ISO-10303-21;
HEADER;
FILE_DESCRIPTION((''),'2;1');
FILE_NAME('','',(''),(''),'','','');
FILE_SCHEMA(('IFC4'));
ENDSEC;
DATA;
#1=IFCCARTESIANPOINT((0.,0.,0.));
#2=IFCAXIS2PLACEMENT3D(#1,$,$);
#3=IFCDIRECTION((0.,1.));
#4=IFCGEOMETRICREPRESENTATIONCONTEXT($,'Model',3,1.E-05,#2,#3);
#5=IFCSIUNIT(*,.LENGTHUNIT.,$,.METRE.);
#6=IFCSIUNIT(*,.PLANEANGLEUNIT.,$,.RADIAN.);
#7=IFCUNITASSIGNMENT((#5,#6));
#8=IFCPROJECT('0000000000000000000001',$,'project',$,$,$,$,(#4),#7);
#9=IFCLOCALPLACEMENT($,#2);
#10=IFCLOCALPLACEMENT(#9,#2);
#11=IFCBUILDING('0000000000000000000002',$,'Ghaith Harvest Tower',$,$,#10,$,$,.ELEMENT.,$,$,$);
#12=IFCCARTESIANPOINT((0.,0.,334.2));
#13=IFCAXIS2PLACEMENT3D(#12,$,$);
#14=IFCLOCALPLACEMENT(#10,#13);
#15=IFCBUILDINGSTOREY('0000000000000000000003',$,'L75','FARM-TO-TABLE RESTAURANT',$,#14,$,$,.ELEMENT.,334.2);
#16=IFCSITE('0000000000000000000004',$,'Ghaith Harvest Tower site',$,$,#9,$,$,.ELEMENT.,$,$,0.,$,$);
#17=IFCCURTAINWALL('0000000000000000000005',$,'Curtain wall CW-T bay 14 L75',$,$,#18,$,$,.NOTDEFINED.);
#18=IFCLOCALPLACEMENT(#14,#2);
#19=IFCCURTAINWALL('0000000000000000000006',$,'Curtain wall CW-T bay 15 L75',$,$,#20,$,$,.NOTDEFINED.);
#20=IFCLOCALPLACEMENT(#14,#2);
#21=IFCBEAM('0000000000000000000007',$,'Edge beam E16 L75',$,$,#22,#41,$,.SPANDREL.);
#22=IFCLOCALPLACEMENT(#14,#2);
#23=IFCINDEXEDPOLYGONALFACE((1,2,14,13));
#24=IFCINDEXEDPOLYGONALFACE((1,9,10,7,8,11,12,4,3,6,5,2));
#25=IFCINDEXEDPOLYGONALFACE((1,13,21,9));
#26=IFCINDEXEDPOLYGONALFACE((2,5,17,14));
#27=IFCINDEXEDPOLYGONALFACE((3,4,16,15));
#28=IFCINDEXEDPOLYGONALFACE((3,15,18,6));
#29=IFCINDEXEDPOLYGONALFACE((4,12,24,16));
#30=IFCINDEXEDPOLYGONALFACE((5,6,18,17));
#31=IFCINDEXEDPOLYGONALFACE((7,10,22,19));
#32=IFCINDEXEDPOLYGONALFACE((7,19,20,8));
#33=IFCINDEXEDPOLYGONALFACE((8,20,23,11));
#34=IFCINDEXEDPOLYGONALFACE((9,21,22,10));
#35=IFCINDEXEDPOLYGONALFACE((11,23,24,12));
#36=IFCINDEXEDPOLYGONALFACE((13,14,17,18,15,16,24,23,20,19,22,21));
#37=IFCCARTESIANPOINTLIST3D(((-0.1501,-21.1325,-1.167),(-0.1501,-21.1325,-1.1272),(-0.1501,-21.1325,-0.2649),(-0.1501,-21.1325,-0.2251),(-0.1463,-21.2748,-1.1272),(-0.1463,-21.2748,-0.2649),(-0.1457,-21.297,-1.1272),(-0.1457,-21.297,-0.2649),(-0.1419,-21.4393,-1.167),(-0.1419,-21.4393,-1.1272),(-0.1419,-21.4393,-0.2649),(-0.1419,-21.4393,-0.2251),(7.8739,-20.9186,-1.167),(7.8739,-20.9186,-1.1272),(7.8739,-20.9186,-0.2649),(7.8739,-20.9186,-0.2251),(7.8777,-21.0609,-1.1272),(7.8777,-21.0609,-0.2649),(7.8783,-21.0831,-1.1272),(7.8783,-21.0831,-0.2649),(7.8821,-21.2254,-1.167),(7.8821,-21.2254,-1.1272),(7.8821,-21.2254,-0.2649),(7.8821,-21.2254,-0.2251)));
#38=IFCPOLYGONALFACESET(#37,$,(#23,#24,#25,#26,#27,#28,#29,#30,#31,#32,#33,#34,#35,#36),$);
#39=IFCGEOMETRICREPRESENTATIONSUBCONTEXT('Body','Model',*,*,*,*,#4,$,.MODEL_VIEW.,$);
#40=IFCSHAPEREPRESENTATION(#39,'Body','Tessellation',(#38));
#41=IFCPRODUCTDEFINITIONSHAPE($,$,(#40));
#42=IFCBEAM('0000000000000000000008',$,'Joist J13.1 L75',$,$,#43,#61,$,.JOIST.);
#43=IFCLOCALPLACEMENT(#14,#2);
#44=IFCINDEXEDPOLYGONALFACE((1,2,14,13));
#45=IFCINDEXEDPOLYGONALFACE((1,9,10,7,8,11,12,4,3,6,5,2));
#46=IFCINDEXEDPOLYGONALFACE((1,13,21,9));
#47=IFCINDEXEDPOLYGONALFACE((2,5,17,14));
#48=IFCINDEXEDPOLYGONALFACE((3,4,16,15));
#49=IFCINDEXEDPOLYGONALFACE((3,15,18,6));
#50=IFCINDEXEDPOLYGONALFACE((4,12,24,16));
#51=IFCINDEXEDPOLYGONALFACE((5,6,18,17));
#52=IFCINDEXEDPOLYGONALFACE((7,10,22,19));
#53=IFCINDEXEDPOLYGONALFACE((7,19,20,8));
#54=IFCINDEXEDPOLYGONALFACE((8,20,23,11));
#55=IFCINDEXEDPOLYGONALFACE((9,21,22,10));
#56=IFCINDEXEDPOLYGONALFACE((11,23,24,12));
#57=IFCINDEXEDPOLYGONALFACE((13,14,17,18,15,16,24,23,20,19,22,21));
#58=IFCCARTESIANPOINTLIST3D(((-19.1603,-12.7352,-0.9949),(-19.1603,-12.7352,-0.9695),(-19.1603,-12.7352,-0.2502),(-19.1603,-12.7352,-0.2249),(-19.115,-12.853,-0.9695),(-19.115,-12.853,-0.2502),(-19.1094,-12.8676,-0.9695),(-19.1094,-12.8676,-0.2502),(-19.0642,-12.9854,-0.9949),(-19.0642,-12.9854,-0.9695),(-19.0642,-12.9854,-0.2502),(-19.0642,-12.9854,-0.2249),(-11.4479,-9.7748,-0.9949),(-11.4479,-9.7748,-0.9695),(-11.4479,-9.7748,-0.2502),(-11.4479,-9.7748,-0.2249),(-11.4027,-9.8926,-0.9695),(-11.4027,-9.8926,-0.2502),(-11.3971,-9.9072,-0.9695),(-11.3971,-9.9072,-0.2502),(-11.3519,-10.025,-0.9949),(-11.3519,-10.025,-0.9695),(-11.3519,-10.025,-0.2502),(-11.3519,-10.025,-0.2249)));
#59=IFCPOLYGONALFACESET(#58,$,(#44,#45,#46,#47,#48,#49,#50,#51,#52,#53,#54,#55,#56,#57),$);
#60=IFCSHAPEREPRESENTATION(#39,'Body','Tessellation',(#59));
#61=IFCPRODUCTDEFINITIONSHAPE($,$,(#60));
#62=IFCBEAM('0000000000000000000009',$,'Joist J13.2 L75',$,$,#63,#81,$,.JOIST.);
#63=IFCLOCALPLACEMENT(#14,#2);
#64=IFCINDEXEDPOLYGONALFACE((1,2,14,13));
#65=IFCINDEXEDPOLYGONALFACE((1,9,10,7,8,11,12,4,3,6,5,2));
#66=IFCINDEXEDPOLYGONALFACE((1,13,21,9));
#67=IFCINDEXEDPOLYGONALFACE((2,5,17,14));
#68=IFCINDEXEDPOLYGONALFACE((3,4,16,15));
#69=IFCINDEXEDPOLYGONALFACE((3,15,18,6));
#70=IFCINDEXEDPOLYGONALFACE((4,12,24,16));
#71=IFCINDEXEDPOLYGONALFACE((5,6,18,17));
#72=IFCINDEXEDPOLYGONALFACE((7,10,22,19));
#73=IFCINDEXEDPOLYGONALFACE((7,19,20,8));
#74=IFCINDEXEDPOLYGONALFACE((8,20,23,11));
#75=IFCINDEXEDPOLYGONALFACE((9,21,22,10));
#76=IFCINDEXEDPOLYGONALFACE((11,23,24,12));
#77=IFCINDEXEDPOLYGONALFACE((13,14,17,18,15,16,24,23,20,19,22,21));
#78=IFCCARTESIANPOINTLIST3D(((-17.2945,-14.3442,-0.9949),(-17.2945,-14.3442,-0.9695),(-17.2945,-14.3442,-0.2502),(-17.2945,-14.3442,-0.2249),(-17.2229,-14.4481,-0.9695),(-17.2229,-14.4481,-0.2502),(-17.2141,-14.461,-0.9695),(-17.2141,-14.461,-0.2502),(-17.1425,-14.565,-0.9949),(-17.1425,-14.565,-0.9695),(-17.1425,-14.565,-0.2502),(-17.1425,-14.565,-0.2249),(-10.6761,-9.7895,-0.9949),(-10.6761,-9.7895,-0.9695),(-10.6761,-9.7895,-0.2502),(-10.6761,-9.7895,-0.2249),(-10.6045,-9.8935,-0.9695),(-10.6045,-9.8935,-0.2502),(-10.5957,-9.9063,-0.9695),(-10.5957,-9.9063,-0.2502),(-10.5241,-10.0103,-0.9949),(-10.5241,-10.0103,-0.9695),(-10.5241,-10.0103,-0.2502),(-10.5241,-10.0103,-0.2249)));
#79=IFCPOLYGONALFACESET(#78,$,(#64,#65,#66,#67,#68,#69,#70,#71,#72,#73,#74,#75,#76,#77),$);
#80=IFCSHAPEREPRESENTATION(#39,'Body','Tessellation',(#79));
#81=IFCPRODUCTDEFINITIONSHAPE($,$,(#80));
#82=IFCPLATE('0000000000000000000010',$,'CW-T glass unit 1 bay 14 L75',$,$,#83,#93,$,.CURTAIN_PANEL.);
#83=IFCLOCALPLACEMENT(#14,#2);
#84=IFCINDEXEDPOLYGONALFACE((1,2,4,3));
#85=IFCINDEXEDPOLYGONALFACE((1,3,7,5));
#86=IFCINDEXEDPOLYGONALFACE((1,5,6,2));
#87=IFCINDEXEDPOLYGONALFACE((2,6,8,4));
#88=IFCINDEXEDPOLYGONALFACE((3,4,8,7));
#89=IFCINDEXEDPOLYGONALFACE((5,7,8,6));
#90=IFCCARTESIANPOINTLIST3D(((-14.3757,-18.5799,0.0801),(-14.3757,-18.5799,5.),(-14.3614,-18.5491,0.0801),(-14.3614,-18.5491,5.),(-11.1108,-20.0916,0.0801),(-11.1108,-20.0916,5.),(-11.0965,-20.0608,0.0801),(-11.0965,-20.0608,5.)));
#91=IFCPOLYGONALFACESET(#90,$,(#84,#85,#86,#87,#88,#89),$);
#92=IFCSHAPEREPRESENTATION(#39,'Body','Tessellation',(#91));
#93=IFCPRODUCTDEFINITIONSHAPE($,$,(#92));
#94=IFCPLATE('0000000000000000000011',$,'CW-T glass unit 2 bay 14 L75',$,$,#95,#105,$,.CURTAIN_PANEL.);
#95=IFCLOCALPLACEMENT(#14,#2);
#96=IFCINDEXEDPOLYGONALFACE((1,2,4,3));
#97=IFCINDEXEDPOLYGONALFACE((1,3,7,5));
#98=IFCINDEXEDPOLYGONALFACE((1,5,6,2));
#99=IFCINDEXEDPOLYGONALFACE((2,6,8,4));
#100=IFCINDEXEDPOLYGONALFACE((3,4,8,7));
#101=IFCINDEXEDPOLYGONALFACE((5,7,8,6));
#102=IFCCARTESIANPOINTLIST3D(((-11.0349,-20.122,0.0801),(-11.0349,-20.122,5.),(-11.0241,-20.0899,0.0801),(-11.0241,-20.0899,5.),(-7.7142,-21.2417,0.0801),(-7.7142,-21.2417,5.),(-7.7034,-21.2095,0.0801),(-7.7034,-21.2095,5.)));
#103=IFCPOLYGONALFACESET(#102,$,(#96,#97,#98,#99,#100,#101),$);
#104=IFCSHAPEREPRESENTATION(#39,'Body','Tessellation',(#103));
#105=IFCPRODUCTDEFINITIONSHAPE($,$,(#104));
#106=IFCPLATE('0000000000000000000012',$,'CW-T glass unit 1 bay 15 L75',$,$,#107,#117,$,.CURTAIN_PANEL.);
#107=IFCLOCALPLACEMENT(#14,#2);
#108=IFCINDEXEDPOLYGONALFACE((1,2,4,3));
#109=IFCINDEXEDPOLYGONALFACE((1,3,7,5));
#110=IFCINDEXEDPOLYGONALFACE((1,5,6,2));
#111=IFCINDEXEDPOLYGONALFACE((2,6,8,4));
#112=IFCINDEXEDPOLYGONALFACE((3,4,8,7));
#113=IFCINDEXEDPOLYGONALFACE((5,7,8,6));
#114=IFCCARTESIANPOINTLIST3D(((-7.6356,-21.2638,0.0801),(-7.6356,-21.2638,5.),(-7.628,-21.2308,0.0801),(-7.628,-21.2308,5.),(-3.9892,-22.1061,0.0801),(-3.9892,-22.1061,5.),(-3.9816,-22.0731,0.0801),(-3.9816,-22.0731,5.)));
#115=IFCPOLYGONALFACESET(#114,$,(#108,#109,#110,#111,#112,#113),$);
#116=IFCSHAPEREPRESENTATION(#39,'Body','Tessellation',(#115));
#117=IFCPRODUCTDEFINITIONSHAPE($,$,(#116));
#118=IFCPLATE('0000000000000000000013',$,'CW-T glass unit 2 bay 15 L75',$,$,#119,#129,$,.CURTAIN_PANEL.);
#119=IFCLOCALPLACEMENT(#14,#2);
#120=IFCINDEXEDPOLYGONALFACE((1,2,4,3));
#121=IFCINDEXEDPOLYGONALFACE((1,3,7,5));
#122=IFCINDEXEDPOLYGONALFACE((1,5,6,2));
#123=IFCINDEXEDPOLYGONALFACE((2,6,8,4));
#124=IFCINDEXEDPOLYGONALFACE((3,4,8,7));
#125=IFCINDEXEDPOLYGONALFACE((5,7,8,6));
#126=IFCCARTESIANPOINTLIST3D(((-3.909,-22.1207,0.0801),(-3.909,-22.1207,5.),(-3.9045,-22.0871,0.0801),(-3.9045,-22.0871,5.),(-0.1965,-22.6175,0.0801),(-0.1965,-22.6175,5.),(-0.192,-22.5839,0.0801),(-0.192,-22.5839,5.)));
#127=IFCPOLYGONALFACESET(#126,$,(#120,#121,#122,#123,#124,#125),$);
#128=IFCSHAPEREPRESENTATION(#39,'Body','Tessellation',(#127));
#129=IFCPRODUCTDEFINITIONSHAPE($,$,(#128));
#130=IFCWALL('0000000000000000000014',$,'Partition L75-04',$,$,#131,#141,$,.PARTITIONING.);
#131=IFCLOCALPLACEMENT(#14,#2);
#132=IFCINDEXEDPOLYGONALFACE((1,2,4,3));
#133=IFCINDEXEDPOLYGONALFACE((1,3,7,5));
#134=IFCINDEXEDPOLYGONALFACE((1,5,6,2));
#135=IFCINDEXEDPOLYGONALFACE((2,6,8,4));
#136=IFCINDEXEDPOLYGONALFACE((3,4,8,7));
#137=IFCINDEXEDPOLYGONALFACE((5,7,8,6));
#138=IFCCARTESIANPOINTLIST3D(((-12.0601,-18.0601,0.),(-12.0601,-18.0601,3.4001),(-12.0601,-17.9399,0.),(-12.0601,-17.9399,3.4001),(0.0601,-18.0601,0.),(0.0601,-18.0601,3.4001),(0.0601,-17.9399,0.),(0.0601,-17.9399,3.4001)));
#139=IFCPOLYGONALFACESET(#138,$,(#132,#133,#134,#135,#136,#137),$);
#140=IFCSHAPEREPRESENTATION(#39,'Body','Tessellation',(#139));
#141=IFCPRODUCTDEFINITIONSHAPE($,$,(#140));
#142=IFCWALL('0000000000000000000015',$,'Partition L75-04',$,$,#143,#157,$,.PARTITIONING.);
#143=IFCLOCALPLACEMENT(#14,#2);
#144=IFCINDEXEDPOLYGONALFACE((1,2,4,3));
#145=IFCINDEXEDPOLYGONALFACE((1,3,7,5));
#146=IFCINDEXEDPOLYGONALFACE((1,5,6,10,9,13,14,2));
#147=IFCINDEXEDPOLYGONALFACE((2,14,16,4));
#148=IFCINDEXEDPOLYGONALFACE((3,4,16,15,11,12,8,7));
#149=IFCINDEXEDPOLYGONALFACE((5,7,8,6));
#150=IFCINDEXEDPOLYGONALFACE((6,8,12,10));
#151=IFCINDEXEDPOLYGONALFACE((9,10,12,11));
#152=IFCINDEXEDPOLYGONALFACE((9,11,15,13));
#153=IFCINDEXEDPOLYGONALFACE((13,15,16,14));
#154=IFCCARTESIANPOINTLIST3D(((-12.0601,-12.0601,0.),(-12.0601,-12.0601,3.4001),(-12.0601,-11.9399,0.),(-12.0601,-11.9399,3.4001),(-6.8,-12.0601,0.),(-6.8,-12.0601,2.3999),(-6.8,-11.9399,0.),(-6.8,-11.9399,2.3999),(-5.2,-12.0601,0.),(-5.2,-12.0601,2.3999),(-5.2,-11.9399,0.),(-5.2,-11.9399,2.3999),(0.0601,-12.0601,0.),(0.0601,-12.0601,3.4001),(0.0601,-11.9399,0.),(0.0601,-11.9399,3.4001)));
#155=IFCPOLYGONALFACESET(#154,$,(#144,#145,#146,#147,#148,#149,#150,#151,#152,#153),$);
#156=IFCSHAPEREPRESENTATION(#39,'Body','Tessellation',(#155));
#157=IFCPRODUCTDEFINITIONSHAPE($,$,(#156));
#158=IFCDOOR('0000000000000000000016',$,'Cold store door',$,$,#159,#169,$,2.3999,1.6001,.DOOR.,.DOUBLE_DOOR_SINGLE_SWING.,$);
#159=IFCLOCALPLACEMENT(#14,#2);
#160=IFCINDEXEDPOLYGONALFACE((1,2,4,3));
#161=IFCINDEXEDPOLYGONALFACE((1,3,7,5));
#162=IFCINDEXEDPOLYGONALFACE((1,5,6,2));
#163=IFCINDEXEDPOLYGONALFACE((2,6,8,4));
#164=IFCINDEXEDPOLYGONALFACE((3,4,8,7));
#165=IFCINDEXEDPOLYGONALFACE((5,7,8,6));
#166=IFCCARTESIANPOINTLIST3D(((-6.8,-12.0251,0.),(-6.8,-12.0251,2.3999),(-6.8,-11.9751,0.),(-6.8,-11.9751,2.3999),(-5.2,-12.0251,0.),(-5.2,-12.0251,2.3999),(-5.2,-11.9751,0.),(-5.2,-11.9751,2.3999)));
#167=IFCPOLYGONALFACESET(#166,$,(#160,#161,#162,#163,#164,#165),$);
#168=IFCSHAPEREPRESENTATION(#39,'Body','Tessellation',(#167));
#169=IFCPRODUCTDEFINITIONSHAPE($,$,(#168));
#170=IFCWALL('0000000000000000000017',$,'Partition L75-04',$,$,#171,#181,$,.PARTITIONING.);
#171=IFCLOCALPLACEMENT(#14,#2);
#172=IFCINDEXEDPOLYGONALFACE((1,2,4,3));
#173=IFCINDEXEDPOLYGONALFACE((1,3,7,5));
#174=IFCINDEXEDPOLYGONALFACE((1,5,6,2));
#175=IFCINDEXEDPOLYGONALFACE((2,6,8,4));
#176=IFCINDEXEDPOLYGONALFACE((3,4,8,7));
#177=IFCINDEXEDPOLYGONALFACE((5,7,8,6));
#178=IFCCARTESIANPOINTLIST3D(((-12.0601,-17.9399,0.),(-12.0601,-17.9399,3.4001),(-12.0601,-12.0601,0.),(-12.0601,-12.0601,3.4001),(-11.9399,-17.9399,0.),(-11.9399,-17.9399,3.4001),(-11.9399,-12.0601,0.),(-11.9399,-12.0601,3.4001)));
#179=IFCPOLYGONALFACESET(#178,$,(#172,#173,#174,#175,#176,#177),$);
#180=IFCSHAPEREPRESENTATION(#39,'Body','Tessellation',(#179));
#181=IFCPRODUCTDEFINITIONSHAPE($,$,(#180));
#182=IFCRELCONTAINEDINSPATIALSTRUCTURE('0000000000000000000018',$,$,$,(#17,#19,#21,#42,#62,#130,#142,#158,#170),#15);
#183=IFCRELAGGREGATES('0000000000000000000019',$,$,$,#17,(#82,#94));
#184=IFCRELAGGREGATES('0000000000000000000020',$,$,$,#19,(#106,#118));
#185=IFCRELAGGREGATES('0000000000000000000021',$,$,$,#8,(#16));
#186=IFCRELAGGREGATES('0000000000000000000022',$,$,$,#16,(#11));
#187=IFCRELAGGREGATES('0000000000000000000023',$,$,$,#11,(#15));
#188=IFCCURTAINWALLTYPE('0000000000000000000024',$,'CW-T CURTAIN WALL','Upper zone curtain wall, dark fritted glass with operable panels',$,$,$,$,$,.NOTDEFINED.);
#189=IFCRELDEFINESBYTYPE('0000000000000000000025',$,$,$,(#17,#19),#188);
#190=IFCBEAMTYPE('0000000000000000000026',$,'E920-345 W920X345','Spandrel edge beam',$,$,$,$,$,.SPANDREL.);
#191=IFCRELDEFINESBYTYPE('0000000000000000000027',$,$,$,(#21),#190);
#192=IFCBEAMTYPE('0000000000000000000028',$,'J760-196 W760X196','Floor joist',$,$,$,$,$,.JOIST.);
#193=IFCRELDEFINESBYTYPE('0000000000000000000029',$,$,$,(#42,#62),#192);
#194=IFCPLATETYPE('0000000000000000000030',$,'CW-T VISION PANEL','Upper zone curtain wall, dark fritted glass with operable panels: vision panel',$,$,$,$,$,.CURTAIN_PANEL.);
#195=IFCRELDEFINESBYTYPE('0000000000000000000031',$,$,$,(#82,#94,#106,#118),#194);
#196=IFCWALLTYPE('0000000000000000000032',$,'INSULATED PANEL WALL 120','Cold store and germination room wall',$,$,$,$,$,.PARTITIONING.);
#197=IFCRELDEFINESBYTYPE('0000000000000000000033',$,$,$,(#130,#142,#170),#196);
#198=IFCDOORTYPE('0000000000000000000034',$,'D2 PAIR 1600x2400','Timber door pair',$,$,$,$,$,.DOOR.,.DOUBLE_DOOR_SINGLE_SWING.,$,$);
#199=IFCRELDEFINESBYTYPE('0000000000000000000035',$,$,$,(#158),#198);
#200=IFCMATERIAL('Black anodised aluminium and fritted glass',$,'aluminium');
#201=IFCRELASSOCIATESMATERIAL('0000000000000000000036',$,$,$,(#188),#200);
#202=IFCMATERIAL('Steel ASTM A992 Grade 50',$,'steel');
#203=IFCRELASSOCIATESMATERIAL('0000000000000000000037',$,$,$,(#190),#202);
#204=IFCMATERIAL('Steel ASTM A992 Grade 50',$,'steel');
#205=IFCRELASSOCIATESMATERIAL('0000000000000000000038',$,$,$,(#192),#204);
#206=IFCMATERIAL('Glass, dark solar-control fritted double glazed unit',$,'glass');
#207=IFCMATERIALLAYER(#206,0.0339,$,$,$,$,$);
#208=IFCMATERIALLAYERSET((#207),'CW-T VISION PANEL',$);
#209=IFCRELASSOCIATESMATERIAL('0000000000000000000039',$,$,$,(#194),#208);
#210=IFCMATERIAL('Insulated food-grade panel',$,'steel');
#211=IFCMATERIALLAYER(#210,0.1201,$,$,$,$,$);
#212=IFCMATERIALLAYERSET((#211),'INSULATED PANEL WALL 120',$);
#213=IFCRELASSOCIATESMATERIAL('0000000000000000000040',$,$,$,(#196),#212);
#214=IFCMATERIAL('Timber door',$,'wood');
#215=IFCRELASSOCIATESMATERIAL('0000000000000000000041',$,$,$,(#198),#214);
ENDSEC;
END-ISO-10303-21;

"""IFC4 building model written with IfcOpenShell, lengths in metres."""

from ifc_helpers import new_model, si_unit, direction, frame, frame_2d, origin, origin_2d, place, context, subcontext, project, spatial, rectangle, i_section, extrude, material, layer, layer_set, material_profile, profile_set, type_object, element, fill, aggregate, save


model = new_model("IFC4")

# Units and contexts
model_context = context("Model", 3, precision=1e-05, world=origin(), true_north=direction((0.0, 1.0)))
body_context = subcontext(model_context, "Body", "Model", "MODEL_VIEW")
ifc_project = project(units=[si_unit("LENGTHUNIT", "METRE"), si_unit("PLANEANGLEUNIT", "RADIAN")], contexts=[model_context])

# Site, building, storey
site_placement = place(None, origin())
site = spatial("IfcSite", under=ifc_project, at=site_placement, Name="Ghaith Harvest Tower site", CompositionType="ELEMENT", RefElevation=0.0)
building_placement = place(site_placement, origin())
building = spatial("IfcBuilding", under=site, at=building_placement, Name="Ghaith Harvest Tower", CompositionType="ELEMENT")
storey_placement = place(building_placement, frame((0.0, 0.0, 334.2)))
storey = spatial("IfcBuildingStorey", under=building, at=storey_placement, Name="L75", Description="FARM-TO-TABLE RESTAURANT", CompositionType="ELEMENT", Elevation=334.2)

# Curtain wall
ifc_material_1 = material(Name="Black anodised aluminium and fritted glass", Category="aluminium")
curtain_wall_type = type_object("IfcCurtainWallType", Name="CW-T CURTAIN WALL", Description="Upper zone curtain wall, dark fritted glass with operable panels", PredefinedType="NOTDEFINED", material=ifc_material_1)
curtain_wall_1_placement = place(storey_placement, origin())
curtain_wall_1 = element("IfcCurtainWall", 1, at=curtain_wall_1_placement, inside=storey, type_object=curtain_wall_type, Name="Curtain wall CW-T bay 14 L75", PredefinedType="NOTDEFINED")

# Curtain wall
curtain_wall_2_placement = place(storey_placement, origin())
curtain_wall_2 = element("IfcCurtainWall", 2, at=curtain_wall_2_placement, inside=storey, type_object=curtain_wall_type, Name="Curtain wall CW-T bay 15 L75", PredefinedType="NOTDEFINED")

# Beams
ifc_material_2 = material(Name="Steel ASTM A992 Grade 50", Category="steel")
ifc_material_profile_1 = material_profile(ifc_material_2, i_section(OverallWidth=0.3069, OverallDepth=0.9419, WebThickness=0.0222, FlangeThickness=0.0398, at=origin_2d()), Name="W920X345")
ifc_profile_set_1 = profile_set([ifc_material_profile_1], Name="Steel ASTM A992 Grade 50")
beam_type_1 = type_object("IfcBeamType", Name="E920-345 W920X345", Description="Spandrel edge beam", PredefinedType="SPANDREL", material=ifc_profile_set_1)
beam_1_placement = place(storey_placement, frame((-0.146, -21.2859, -0.696), z_axis=(0.999645, 0.026644, 0.0), x_axis=(-0.026644, 0.999645, 0.0)))
element("IfcBeam", 3, at=beam_1_placement, inside=storey, type_object=beam_type_1, Name="Edge beam E16 L75", PredefinedType="SPANDREL", context=body_context, shape_type="SweptSolid", body=[
    extrude(i_section(OverallWidth=0.3069, OverallDepth=0.9419, WebThickness=0.0222, FlangeThickness=0.0398, at=origin_2d()), origin(), (0.0, 0.0, 1.0), 8.0269),
])
ifc_material_3 = material(Name="Steel ASTM A992 Grade 50", Category="steel")
ifc_material_profile_2 = material_profile(ifc_material_3, i_section(OverallWidth=0.2681, OverallDepth=0.77, WebThickness=0.0156, FlangeThickness=0.0254, at=origin_2d()), Name="W760X196")
ifc_profile_set_2 = profile_set([ifc_material_profile_2], Name="Steel ASTM A992 Grade 50")
beam_type_2 = type_object("IfcBeamType", Name="J760-196 W760X196", Description="Floor joist", PredefinedType="JOIST", material=ifc_profile_set_2)
beam_2_placement = place(storey_placement, frame((-11.3999, -9.8999, -0.6099), z_axis=(-0.933583, -0.358361, 0.0), x_axis=(0.358361, -0.933583, 0.0)))
element("IfcBeam", 4, at=beam_2_placement, inside=storey, type_object=beam_type_2, Name="Joist J13.1 L75", PredefinedType="JOIST", context=body_context, shape_type="SweptSolid", body=[
    extrude(i_section(OverallWidth=0.2681, OverallDepth=0.77, WebThickness=0.0156, FlangeThickness=0.0254, at=origin_2d()), origin(), (0.0, 0.0, 1.0), 8.261),
])
beam_3_placement = place(storey_placement, frame((-10.6001, -9.8999, -0.6099), z_axis=(-0.823779, -0.566912, 0.0), x_axis=(0.566912, -0.823779, 0.0)))
element("IfcBeam", 5, at=beam_3_placement, inside=storey, type_object=beam_type_2, Name="Joist J13.2 L75", PredefinedType="JOIST", context=body_context, shape_type="SweptSolid", body=[
    extrude(i_section(OverallWidth=0.2681, OverallDepth=0.77, WebThickness=0.0156, FlangeThickness=0.0254, at=origin_2d()), origin(), (0.0, 0.0, 1.0), 8.0342),
])

# Plates
ifc_material_4 = material(Name="Glass, dark solar-control fritted double glazed unit", Category="glass")
ifc_layer_1 = layer(ifc_material_4, 0.0339)
ifc_layer_set_1 = layer_set([ifc_layer_1], Name="CW-T VISION PANEL")
plate_type = type_object("IfcPlateType", Name="CW-T VISION PANEL", Description="Upper zone curtain wall, dark fritted glass with operable panels: vision panel", PredefinedType="CURTAIN_PANEL", material=ifc_layer_set_1)
plate_1_placement = place(storey_placement, frame((-12.7361, -19.3203, 0.0801), z_axis=(0.0, 0.0, 1.0), x_axis=(0.90745, -0.42016, 0.0)))
plate_1 = element("IfcPlate", 6, at=plate_1_placement, type_object=plate_type, Name="CW-T glass unit 1 bay 14 L75", PredefinedType="CURTAIN_PANEL", context=body_context, shape_type="SweptSolid", body=[
    extrude(rectangle(XDim=3.5979, YDim=0.0339, at=origin_2d()), origin(), (0.0, 0.0, 1.0), 4.9199),
])
plate_2_placement = place(storey_placement, frame((-9.3691, -20.6658, 0.0801), z_axis=(0.0, 0.0, 1.0), x_axis=(0.947586, -0.3195, 0.0)))
plate_2 = element("IfcPlate", 7, at=plate_2_placement, type_object=plate_type, Name="CW-T glass unit 2 bay 14 L75", PredefinedType="CURTAIN_PANEL", context=body_context, shape_type="SweptSolid", body=[
    extrude(rectangle(XDim=3.5044, YDim=0.0339, at=origin_2d()), origin(), (0.0, 0.0, 1.0), 4.9199),
])
aggregate(curtain_wall_1, [plate_1, plate_2])
plate_3_placement = place(storey_placement, frame((-5.8086, -21.6685, 0.0801), z_axis=(0.0, 0.0, 1.0), x_axis=(0.974342, -0.225072, 0.0)))
plate_3 = element("IfcPlate", 8, at=plate_3_placement, type_object=plate_type, Name="CW-T glass unit 1 bay 15 L75", PredefinedType="CURTAIN_PANEL", context=body_context, shape_type="SweptSolid", body=[
    extrude(rectangle(XDim=3.7424, YDim=0.0339, at=origin_2d()), origin(), (0.0, 0.0, 1.0), 4.9199),
])
plate_4_placement = place(storey_placement, frame((-2.0505, -22.3523, 0.0801), z_axis=(0.0, 0.0, 1.0), x_axis=(0.991165, -0.132633, 0.0)))
plate_4 = element("IfcPlate", 9, at=plate_4_placement, type_object=plate_type, Name="CW-T glass unit 2 bay 15 L75", PredefinedType="CURTAIN_PANEL", context=body_context, shape_type="SweptSolid", body=[
    extrude(rectangle(XDim=3.7456, YDim=0.0339, at=origin_2d()), origin(), (0.0, 0.0, 1.0), 4.9199),
])
aggregate(curtain_wall_2, [plate_3, plate_4])

# Wall
ifc_material_5 = material(Name="Insulated food-grade panel", Category="steel")
ifc_layer_2 = layer(ifc_material_5, 0.1201)
ifc_layer_set_2 = layer_set([ifc_layer_2], Name="INSULATED PANEL WALL 120")
wall_type = type_object("IfcWallType", Name="INSULATED PANEL WALL 120", Description="Cold store and germination room wall", PredefinedType="PARTITIONING", material=ifc_layer_set_2)
wall_1_placement = place(storey_placement, frame((-12.0601, -18.0, 0.0), z_axis=(0.0, 0.0, 1.0), x_axis=(1.0, 0.0, 0.0)))
element("IfcWall", 10, at=wall_1_placement, inside=storey, type_object=wall_type, Name="Partition L75-04", PredefinedType="PARTITIONING", context=body_context, shape_type="SweptSolid", body=[
    extrude(rectangle(XDim=12.1201, YDim=0.1201, at=frame_2d((6.0601, 0.0))), origin(), (0.0, 0.0, 1.0), 3.4001),
])

# Wall, opening, door
wall_2_placement = place(storey_placement, frame((-12.0601, -12.0, 0.0), z_axis=(0.0, 0.0, 1.0), x_axis=(1.0, 0.0, 0.0)))
wall_2 = element("IfcWall", 11, at=wall_2_placement, inside=storey, type_object=wall_type, Name="Partition L75-04", PredefinedType="PARTITIONING", context=body_context, shape_type="SweptSolid", body=[
    extrude(rectangle(XDim=12.1201, YDim=0.1201, at=frame_2d((6.0601, 0.0))), origin(), (0.0, 0.0, 1.0), 3.4001),
])
opening_placement = place(wall_2_placement, frame((5.26, 0.0, 0.0)))
opening = element("IfcOpeningElement", 12, at=opening_placement, cuts=wall_2, PredefinedType="OPENING", context=body_context, shape_type="SweptSolid", body=[
    extrude(rectangle(XDim=1.6001, YDim=2.3999, at=frame_2d((0.8, 1.2))), frame((0.0, 0.0701, 0.0), z_axis=(0.0, -1.0, 0.0), x_axis=(1.0, 0.0, 0.0)), (0.0, 0.0, 1.0), 0.1401),
])
ifc_material_6 = material(Name="Timber door", Category="wood")
door_type = type_object("IfcDoorType", Name="D2 PAIR 1600x2400", Description="Timber door pair", OperationType="DOUBLE_DOOR_SINGLE_SWING", PredefinedType="DOOR", material=ifc_material_6)
door_placement = place(opening_placement, origin())
door = element("IfcDoor", 13, at=door_placement, inside=storey, type_object=door_type, Name="Cold store door", OperationType="DOUBLE_DOOR_SINGLE_SWING", OverallHeight=2.3999, OverallWidth=1.6001, PredefinedType="DOOR", context=body_context, shape_type="SweptSolid", body=[
    extrude(rectangle(XDim=1.6001, YDim=2.3999, at=frame_2d((0.8, 1.2))), frame((0.0, 0.0249, 0.0), z_axis=(0.0, -1.0, 0.0), x_axis=(1.0, 0.0, 0.0)), (0.0, 0.0, 1.0), 0.05),
])
fill(opening, door)

# Wall
wall_3_placement = place(storey_placement, frame((-12.0, -17.9399, 0.0), z_axis=(0.0, 0.0, 1.0), x_axis=(0.0, 1.0, 0.0)))
element("IfcWall", 14, at=wall_3_placement, inside=storey, type_object=wall_type, Name="Partition L75-04", PredefinedType="PARTITIONING", context=body_context, shape_type="SweptSolid", body=[
    extrude(rectangle(XDim=5.8799, YDim=0.1201, at=frame_2d((2.9399, 0.0))), origin(), (0.0, 0.0, 1.0), 3.4001),
])

save(model, "model.ifc")
